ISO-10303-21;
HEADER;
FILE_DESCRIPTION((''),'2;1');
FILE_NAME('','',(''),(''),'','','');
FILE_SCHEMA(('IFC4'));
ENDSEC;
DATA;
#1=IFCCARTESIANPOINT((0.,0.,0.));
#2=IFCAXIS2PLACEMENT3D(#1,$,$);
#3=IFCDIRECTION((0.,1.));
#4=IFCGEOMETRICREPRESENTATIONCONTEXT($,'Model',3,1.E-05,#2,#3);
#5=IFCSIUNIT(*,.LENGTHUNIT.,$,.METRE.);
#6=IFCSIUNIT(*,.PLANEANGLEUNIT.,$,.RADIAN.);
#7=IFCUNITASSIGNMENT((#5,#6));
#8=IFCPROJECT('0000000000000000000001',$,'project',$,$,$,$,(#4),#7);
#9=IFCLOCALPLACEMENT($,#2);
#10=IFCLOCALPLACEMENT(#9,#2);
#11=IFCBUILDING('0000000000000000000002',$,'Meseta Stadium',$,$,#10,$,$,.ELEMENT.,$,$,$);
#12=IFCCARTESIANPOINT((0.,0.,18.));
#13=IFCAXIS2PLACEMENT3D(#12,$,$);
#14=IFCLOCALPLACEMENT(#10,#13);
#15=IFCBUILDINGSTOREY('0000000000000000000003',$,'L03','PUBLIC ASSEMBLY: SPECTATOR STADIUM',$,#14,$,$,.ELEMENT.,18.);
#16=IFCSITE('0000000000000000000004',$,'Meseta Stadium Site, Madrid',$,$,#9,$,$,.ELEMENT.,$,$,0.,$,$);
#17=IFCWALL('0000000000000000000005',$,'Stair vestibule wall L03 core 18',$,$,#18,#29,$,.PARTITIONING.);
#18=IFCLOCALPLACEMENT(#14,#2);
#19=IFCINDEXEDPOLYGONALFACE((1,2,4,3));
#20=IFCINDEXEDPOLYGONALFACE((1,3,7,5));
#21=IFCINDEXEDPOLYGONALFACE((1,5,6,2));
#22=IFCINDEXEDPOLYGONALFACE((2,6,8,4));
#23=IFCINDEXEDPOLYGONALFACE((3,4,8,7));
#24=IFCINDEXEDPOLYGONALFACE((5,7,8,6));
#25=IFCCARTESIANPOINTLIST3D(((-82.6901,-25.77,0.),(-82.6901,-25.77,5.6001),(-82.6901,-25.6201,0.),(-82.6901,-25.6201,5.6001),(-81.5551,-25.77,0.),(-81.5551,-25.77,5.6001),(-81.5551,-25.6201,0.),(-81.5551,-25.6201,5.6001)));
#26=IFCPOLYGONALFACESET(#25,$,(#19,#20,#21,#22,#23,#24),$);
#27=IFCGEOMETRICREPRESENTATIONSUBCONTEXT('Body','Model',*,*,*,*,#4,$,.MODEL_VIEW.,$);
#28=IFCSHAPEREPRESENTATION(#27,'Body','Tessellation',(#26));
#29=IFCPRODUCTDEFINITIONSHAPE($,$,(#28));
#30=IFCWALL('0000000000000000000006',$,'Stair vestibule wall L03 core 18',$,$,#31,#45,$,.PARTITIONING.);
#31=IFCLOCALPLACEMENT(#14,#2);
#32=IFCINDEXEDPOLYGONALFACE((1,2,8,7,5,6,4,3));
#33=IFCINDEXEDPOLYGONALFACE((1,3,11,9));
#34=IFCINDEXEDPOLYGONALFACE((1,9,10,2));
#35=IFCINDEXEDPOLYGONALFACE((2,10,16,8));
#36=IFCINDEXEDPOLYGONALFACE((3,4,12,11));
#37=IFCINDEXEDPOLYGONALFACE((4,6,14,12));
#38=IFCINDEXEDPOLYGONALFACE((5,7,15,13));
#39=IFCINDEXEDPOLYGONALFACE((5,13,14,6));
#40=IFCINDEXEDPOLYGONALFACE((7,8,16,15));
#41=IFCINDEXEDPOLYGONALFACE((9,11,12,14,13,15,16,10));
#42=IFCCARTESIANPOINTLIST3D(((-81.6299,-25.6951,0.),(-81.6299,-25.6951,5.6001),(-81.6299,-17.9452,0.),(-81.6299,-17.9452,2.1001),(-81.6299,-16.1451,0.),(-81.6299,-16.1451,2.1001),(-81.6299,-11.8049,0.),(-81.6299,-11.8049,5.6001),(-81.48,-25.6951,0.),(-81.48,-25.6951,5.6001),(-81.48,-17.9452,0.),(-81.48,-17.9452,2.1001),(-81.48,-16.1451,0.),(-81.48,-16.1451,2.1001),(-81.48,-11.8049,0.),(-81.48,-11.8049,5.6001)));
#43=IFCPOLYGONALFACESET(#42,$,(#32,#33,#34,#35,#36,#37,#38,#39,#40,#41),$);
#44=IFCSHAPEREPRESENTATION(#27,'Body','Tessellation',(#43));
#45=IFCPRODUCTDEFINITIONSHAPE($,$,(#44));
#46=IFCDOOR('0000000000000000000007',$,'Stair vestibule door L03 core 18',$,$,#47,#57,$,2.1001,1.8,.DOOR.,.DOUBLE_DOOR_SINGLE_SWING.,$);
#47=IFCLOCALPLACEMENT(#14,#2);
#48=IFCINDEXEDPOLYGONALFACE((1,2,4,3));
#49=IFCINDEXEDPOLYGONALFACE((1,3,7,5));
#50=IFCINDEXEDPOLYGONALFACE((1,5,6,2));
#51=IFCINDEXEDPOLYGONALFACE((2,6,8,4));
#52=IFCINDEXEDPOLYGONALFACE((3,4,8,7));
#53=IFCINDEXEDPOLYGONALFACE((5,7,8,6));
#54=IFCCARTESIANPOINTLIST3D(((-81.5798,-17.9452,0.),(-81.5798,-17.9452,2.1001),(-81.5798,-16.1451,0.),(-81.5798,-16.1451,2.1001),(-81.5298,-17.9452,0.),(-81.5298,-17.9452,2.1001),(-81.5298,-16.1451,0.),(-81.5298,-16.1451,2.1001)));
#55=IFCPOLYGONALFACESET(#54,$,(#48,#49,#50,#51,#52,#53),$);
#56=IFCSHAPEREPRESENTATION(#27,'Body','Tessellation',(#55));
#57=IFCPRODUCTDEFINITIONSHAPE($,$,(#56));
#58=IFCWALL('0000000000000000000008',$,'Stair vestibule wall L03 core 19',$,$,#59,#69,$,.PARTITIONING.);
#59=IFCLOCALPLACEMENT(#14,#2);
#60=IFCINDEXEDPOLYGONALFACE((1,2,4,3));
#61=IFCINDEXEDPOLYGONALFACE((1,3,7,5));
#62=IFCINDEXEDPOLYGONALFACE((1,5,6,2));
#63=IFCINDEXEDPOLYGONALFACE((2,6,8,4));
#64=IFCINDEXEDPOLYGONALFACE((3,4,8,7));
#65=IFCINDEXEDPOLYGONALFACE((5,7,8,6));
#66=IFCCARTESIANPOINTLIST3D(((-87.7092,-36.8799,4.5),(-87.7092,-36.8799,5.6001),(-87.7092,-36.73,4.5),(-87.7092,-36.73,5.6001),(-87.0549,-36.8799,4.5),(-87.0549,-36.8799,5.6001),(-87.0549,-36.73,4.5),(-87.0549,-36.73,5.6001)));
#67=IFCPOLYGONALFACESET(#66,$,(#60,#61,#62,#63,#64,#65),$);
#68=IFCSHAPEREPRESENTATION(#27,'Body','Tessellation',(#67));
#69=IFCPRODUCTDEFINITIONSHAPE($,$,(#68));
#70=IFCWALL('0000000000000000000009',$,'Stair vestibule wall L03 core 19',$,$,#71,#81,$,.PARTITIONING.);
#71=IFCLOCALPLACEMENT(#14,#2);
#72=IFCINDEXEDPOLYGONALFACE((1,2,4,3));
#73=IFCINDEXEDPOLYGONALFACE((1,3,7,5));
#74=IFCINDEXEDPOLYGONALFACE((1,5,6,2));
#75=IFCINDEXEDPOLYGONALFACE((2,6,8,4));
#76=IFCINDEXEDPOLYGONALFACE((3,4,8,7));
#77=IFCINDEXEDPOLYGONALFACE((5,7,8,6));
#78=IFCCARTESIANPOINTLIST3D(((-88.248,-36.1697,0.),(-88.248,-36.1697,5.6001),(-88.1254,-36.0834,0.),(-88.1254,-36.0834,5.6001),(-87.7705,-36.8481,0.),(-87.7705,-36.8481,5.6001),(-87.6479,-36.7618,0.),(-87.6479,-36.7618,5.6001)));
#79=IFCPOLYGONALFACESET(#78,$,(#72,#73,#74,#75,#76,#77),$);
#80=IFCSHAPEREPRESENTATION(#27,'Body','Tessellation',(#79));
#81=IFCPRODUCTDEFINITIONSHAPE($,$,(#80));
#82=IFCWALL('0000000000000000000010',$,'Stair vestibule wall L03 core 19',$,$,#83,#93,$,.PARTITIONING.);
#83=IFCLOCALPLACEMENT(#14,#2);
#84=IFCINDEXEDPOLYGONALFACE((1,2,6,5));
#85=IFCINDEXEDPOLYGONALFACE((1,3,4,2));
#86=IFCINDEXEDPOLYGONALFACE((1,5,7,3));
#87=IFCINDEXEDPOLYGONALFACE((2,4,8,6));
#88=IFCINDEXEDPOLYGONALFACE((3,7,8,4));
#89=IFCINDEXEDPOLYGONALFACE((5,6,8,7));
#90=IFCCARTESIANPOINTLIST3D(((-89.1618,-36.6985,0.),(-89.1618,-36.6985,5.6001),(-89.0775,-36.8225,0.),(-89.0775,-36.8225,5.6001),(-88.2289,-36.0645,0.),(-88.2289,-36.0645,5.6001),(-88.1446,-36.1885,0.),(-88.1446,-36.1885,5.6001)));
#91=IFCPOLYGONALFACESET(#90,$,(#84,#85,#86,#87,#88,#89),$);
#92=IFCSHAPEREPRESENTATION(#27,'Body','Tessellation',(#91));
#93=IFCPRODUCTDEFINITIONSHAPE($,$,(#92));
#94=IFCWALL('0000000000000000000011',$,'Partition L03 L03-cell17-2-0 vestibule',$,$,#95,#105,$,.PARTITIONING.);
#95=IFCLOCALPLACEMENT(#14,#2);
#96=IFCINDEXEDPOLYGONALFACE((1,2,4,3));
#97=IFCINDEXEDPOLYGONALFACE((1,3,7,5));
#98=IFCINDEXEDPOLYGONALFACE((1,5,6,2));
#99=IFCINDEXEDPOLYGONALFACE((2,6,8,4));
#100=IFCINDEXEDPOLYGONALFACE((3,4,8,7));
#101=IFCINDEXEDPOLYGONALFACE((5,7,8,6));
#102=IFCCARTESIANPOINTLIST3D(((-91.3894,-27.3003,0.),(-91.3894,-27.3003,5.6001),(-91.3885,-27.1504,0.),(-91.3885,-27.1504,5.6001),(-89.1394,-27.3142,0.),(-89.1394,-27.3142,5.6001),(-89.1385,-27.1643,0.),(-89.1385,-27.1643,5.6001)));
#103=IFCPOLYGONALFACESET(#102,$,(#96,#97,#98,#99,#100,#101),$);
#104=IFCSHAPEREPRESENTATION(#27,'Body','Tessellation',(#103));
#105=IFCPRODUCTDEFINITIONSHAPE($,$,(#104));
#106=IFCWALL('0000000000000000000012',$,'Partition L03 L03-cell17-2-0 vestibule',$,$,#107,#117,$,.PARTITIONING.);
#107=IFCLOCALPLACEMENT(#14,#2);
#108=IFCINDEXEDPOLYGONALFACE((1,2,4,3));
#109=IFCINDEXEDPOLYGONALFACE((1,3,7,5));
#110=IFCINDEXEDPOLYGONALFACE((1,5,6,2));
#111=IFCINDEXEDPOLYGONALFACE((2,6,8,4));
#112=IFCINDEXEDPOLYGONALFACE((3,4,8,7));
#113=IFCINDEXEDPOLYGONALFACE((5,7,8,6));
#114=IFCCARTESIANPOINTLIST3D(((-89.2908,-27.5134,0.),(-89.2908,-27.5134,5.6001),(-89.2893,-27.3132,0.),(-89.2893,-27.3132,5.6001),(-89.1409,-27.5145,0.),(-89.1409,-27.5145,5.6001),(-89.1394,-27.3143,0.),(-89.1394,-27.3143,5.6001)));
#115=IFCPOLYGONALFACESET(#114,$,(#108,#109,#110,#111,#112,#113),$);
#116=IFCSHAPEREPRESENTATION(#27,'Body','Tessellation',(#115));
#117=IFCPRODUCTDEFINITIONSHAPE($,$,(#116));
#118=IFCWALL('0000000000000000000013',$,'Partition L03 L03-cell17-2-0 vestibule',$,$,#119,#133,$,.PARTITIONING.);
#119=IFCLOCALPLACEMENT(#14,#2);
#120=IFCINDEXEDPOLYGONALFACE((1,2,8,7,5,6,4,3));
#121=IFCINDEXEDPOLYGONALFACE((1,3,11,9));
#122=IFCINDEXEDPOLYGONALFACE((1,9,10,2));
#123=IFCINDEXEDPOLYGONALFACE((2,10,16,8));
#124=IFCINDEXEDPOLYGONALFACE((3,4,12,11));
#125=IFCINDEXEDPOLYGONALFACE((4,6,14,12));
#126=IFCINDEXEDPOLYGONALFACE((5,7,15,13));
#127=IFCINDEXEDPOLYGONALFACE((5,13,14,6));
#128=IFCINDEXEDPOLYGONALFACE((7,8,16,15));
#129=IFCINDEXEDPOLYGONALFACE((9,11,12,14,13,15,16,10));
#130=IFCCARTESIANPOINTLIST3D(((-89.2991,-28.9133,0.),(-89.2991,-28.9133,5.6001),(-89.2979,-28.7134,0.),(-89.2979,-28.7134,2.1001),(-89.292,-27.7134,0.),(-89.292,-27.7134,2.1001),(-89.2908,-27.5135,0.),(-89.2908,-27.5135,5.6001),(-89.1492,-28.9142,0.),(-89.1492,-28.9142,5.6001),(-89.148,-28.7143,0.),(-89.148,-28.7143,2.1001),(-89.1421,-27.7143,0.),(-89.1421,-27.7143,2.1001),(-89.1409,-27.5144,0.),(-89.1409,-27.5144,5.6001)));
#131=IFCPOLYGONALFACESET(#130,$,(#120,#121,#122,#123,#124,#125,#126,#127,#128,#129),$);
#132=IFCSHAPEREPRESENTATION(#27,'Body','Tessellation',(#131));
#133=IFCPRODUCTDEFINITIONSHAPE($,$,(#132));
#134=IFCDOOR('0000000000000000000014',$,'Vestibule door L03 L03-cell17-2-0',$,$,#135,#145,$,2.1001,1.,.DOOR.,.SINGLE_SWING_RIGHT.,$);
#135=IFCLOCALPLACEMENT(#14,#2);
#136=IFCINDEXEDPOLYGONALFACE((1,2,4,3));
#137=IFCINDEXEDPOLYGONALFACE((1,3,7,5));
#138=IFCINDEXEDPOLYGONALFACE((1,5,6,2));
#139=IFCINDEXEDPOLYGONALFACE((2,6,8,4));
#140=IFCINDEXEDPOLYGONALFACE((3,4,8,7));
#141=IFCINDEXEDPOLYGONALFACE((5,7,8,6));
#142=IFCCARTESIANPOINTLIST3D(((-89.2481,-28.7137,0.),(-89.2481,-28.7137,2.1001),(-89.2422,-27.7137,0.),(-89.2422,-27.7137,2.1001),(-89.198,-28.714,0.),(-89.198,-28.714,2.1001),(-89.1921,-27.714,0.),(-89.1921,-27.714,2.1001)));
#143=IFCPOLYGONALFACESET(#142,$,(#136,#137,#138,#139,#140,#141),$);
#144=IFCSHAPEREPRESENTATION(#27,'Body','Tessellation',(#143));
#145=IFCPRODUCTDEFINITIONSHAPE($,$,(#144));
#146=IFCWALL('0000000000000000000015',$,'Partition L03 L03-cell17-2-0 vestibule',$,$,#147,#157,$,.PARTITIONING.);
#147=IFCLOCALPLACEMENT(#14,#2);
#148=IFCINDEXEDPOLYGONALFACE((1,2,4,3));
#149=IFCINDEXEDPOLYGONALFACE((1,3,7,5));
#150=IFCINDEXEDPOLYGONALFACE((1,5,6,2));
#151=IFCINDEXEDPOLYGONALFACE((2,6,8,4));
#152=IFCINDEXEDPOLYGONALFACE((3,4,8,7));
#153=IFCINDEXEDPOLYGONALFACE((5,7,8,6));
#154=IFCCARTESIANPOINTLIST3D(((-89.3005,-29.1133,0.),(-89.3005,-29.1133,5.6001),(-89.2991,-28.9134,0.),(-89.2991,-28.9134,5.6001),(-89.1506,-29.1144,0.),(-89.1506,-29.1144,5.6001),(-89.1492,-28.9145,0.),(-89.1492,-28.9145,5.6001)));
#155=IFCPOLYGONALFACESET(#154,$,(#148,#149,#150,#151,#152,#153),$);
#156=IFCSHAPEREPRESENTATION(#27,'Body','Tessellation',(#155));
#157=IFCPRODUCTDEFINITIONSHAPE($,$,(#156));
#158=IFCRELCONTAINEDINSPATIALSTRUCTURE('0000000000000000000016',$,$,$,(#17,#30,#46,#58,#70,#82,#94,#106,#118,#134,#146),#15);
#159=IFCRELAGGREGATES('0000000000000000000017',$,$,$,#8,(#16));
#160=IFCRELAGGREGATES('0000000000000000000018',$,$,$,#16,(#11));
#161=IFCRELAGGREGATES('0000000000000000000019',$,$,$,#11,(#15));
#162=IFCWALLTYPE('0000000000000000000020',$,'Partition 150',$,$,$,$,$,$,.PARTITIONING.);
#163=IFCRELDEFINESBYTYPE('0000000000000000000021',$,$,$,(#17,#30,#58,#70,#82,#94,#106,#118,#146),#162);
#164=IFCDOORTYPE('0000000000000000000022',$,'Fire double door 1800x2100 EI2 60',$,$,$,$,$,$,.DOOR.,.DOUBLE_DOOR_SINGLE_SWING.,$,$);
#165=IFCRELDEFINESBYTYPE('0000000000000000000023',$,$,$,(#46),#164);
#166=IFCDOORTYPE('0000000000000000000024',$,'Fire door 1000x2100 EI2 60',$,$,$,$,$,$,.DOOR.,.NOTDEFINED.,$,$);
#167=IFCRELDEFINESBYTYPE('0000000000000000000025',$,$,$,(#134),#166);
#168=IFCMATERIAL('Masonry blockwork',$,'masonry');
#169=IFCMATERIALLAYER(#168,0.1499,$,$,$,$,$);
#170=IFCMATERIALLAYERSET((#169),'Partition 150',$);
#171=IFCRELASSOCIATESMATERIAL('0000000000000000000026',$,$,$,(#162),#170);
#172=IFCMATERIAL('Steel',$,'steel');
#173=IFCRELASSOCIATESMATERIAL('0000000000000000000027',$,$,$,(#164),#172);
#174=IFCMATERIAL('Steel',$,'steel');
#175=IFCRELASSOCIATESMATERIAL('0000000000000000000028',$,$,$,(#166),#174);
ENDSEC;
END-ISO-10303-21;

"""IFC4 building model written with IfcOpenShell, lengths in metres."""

from ifc_helpers import new_model, si_unit, direction, frame, frame_2d, origin, place, context, subcontext, project, spatial, rectangle, extrude, material, layer, layer_set, type_object, element, fill, save


model = new_model("IFC4")

# Units and contexts
model_context = context("Model", 3, precision=1e-05, world=origin(), true_north=direction((0.0, 1.0)))
body_context = subcontext(model_context, "Body", "Model", "MODEL_VIEW")
ifc_project = project(units=[si_unit("LENGTHUNIT", "METRE"), si_unit("PLANEANGLEUNIT", "RADIAN")], contexts=[model_context])

# Site, building, storey
site_placement = place(None, origin())
site = spatial("IfcSite", under=ifc_project, at=site_placement, Name="Meseta Stadium Site, Madrid", CompositionType="ELEMENT", RefElevation=0.0)
building_placement = place(site_placement, origin())
building = spatial("IfcBuilding", under=site, at=building_placement, Name="Meseta Stadium", CompositionType="ELEMENT")
storey_placement = place(building_placement, frame((0.0, 0.0, 18.0)))
storey = spatial("IfcBuildingStorey", under=building, at=storey_placement, Name="L03", Description="PUBLIC ASSEMBLY: SPECTATOR STADIUM", CompositionType="ELEMENT", Elevation=18.0)

# Shared definitions
ifc_material_1 = material(Name="Masonry blockwork", Category="masonry")
ifc_layer_1 = layer(ifc_material_1, 0.1499)
ifc_layer_set_1 = layer_set([ifc_layer_1], Name="Partition 150")
wall_type_1 = type_object("IfcWallType", Name="Partition 150", PredefinedType="PARTITIONING", material=ifc_layer_set_1)

# Shared definitions
ifc_material_2 = material(Name="Steel", Category="steel")
door_type_1 = type_object("IfcDoorType", Name="Fire double door 1800x2100 EI2 60", OperationType="DOUBLE_DOOR_SINGLE_SWING", PredefinedType="DOOR", material=ifc_material_2)

# Wall
wall_1_placement = place(storey_placement, frame((-82.6899, -25.6951, 0.0), z_axis=(0.0, 0.0, 1.0), x_axis=(1.0, 0.0, 0.0)))
element("IfcWall", 1, at=wall_1_placement, inside=storey, type_object=wall_type_1, Name="Stair vestibule wall L03 core 18", PredefinedType="PARTITIONING", context=body_context, shape_type="SweptSolid", body=[
    extrude(rectangle(XDim=1.135, YDim=0.1499, at=frame_2d((0.5674, 0.0))), origin(), (0.0, 0.0, 1.0), 5.6001),
])

# Wall, opening, door
wall_2_placement = place(storey_placement, frame((-81.5549, -25.6951, 0.0), z_axis=(0.0, 0.0, 1.0), x_axis=(0.0, 1.0, 0.0)))
wall_2 = element("IfcWall", 2, at=wall_2_placement, inside=storey, type_object=wall_type_1, Name="Stair vestibule wall L03 core 18", PredefinedType="PARTITIONING", context=body_context, shape_type="SweptSolid", body=[
    extrude(rectangle(XDim=13.8901, YDim=0.1499, at=frame_2d((6.9451, 0.0))), origin(), (0.0, 0.0, 1.0), 5.6001),
])
opening_1_placement = place(wall_2_placement, frame((7.75, 0.0, 0.0)))
opening_1 = element("IfcOpeningElement", 3, at=opening_1_placement, cuts=wall_2, PredefinedType="OPENING", context=body_context, shape_type="SweptSolid", body=[
    extrude(rectangle(XDim=1.8, YDim=2.1001, at=frame_2d((0.8999, 1.05))), frame((0.0, 0.085, 0.0), z_axis=(0.0, -1.0, 0.0), x_axis=(1.0, 0.0, 0.0)), (0.0, 0.0, 1.0), 0.1699),
])
door_1_placement = place(opening_1_placement, origin())
door_1 = element("IfcDoor", 4, at=door_1_placement, inside=storey, type_object=door_type_1, Name="Stair vestibule door L03 core 18", OperationType="DOUBLE_DOOR_SINGLE_SWING", OverallHeight=2.1001, OverallWidth=1.8, PredefinedType="DOOR", context=body_context, shape_type="SweptSolid", body=[
    extrude(rectangle(XDim=1.8, YDim=2.1001, at=frame_2d((0.8999, 1.05))), frame((0.0, 0.0249, 0.0), z_axis=(0.0, -1.0, 0.0), x_axis=(1.0, 0.0, 0.0)), (0.0, 0.0, 1.0), 0.05),
])
fill(opening_1, door_1)

# Walls
wall_3_placement = place(storey_placement, frame((-87.0549, -36.8049, 4.5), z_axis=(0.0, 0.0, 1.0), x_axis=(-1.0, 0.0, 0.0)))
element("IfcWall", 5, at=wall_3_placement, inside=storey, type_object=wall_type_1, Name="Stair vestibule wall L03 core 19", PredefinedType="PARTITIONING", context=body_context, shape_type="SweptSolid", body=[
    extrude(rectangle(XDim=0.6543, YDim=0.1499, at=frame_2d((0.3271, 0.0))), origin(), (0.0, 0.0, 1.0), 1.1001),
])
wall_4_placement = place(storey_placement, frame((-87.7092, -36.8049, 0.0), z_axis=(0.0, 0.0, 1.0), x_axis=(-0.575574, 0.81775, 0.0)))
element("IfcWall", 6, at=wall_4_placement, inside=storey, type_object=wall_type_1, Name="Stair vestibule wall L03 core 19", PredefinedType="PARTITIONING", context=body_context, shape_type="SweptSolid", body=[
    extrude(rectangle(XDim=0.8296, YDim=0.1499, at=frame_2d((0.4148, 0.0))), origin(), (0.0, 0.0, 1.0), 5.6001),
])
wall_5_placement = place(storey_placement, frame((-88.1868, -36.1265, 0.0), z_axis=(0.0, 0.0, 1.0), x_axis=(-0.827055, -0.562121, 0.0)))
element("IfcWall", 7, at=wall_5_placement, inside=storey, type_object=wall_type_1, Name="Stair vestibule wall L03 core 19", PredefinedType="PARTITIONING", context=body_context, shape_type="SweptSolid", body=[
    extrude(rectangle(XDim=1.1279, YDim=0.1499, at=frame_2d((0.564, 0.0))), origin(), (0.0, 0.0, 1.0), 5.6001),
])
wall_6_placement = place(storey_placement, frame((-91.3889, -27.2253, 0.0), z_axis=(0.0, 0.0, 1.0), x_axis=(0.999981, -0.006185, 0.0)))
element("IfcWall", 8, at=wall_6_placement, inside=storey, type_object=wall_type_1, Name="Partition L03 L03-cell17-2-0 vestibule", PredefinedType="PARTITIONING", context=body_context, shape_type="SweptSolid", body=[
    extrude(rectangle(XDim=2.25, YDim=0.1499, at=frame_2d((1.125, 0.0))), origin(), (0.0, 0.0, 1.0), 5.6001),
])
wall_7_placement = place(storey_placement, frame((-89.2144, -27.3137, 0.0), z_axis=(0.0, 0.0, 1.0), x_axis=(-0.007317, -0.999973, 0.0)))
element("IfcWall", 9, at=wall_7_placement, inside=storey, type_object=wall_type_1, Name="Partition L03 L03-cell17-2-0 vestibule", PredefinedType="PARTITIONING", context=body_context, shape_type="SweptSolid", body=[
    extrude(rectangle(XDim=0.2002, YDim=0.1499, at=frame_2d((0.1001, 0.0))), origin(), (0.0, 0.0, 1.0), 5.6001),
])

# Wall, opening, door
wall_8_placement = place(storey_placement, frame((-89.2158, -27.5139, 0.0), z_axis=(0.0, 0.0, 1.0), x_axis=(-0.005929, -0.999982, 0.0)))
wall_8 = element("IfcWall", 10, at=wall_8_placement, inside=storey, type_object=wall_type_1, Name="Partition L03 L03-cell17-2-0 vestibule", PredefinedType="PARTITIONING", context=body_context, shape_type="SweptSolid", body=[
    extrude(rectangle(XDim=1.3999, YDim=0.1499, at=frame_2d((0.7, 0.0))), origin(), (0.0, 0.0, 1.0), 5.6001),
])
opening_2_placement = place(wall_8_placement, frame((0.2, 0.0, 0.0)))
opening_2 = element("IfcOpeningElement", 11, at=opening_2_placement, cuts=wall_8, PredefinedType="OPENING", context=body_context, shape_type="SweptSolid", body=[
    extrude(rectangle(XDim=1.0, YDim=2.1001, at=frame_2d((0.5, 1.05))), frame((0.0, 0.085, 0.0), z_axis=(0.0, -1.0, 0.0), x_axis=(1.0, 0.0, 0.0)), (0.0, 0.0, 1.0), 0.1699),
])
ifc_material_3 = material(Name="Steel", Category="steel")
door_type_2 = type_object("IfcDoorType", Name="Fire door 1000x2100 EI2 60", OperationType="NOTDEFINED", PredefinedType="DOOR", material=ifc_material_3)
door_2_placement = place(opening_2_placement, origin())
door_2 = element("IfcDoor", 12, at=door_2_placement, inside=storey, type_object=door_type_2, Name="Vestibule door L03 L03-cell17-2-0", OperationType="SINGLE_SWING_RIGHT", OverallHeight=2.1001, OverallWidth=1.0, PredefinedType="DOOR", context=body_context, shape_type="SweptSolid", body=[
    extrude(rectangle(XDim=1.0, YDim=2.1001, at=frame_2d((0.5, 1.05))), frame((0.0, 0.0249, 0.0), z_axis=(0.0, -1.0, 0.0), x_axis=(1.0, 0.0, 0.0)), (0.0, 0.0, 1.0), 0.05),
])
fill(opening_2, door_2)

# Wall
wall_9_placement = place(storey_placement, frame((-89.2241, -28.9138, 0.0), z_axis=(0.0, 0.0, 1.0), x_axis=(-0.007326, -0.999973, 0.0)))
element("IfcWall", 13, at=wall_9_placement, inside=storey, type_object=wall_type_1, Name="Partition L03 L03-cell17-2-0 vestibule", PredefinedType="PARTITIONING", context=body_context, shape_type="SweptSolid", body=[
    extrude(rectangle(XDim=0.2, YDim=0.1499, at=frame_2d((0.1001, 0.0))), origin(), (0.0, 0.0, 1.0), 5.6001),
])

save(model, "model.ifc")
